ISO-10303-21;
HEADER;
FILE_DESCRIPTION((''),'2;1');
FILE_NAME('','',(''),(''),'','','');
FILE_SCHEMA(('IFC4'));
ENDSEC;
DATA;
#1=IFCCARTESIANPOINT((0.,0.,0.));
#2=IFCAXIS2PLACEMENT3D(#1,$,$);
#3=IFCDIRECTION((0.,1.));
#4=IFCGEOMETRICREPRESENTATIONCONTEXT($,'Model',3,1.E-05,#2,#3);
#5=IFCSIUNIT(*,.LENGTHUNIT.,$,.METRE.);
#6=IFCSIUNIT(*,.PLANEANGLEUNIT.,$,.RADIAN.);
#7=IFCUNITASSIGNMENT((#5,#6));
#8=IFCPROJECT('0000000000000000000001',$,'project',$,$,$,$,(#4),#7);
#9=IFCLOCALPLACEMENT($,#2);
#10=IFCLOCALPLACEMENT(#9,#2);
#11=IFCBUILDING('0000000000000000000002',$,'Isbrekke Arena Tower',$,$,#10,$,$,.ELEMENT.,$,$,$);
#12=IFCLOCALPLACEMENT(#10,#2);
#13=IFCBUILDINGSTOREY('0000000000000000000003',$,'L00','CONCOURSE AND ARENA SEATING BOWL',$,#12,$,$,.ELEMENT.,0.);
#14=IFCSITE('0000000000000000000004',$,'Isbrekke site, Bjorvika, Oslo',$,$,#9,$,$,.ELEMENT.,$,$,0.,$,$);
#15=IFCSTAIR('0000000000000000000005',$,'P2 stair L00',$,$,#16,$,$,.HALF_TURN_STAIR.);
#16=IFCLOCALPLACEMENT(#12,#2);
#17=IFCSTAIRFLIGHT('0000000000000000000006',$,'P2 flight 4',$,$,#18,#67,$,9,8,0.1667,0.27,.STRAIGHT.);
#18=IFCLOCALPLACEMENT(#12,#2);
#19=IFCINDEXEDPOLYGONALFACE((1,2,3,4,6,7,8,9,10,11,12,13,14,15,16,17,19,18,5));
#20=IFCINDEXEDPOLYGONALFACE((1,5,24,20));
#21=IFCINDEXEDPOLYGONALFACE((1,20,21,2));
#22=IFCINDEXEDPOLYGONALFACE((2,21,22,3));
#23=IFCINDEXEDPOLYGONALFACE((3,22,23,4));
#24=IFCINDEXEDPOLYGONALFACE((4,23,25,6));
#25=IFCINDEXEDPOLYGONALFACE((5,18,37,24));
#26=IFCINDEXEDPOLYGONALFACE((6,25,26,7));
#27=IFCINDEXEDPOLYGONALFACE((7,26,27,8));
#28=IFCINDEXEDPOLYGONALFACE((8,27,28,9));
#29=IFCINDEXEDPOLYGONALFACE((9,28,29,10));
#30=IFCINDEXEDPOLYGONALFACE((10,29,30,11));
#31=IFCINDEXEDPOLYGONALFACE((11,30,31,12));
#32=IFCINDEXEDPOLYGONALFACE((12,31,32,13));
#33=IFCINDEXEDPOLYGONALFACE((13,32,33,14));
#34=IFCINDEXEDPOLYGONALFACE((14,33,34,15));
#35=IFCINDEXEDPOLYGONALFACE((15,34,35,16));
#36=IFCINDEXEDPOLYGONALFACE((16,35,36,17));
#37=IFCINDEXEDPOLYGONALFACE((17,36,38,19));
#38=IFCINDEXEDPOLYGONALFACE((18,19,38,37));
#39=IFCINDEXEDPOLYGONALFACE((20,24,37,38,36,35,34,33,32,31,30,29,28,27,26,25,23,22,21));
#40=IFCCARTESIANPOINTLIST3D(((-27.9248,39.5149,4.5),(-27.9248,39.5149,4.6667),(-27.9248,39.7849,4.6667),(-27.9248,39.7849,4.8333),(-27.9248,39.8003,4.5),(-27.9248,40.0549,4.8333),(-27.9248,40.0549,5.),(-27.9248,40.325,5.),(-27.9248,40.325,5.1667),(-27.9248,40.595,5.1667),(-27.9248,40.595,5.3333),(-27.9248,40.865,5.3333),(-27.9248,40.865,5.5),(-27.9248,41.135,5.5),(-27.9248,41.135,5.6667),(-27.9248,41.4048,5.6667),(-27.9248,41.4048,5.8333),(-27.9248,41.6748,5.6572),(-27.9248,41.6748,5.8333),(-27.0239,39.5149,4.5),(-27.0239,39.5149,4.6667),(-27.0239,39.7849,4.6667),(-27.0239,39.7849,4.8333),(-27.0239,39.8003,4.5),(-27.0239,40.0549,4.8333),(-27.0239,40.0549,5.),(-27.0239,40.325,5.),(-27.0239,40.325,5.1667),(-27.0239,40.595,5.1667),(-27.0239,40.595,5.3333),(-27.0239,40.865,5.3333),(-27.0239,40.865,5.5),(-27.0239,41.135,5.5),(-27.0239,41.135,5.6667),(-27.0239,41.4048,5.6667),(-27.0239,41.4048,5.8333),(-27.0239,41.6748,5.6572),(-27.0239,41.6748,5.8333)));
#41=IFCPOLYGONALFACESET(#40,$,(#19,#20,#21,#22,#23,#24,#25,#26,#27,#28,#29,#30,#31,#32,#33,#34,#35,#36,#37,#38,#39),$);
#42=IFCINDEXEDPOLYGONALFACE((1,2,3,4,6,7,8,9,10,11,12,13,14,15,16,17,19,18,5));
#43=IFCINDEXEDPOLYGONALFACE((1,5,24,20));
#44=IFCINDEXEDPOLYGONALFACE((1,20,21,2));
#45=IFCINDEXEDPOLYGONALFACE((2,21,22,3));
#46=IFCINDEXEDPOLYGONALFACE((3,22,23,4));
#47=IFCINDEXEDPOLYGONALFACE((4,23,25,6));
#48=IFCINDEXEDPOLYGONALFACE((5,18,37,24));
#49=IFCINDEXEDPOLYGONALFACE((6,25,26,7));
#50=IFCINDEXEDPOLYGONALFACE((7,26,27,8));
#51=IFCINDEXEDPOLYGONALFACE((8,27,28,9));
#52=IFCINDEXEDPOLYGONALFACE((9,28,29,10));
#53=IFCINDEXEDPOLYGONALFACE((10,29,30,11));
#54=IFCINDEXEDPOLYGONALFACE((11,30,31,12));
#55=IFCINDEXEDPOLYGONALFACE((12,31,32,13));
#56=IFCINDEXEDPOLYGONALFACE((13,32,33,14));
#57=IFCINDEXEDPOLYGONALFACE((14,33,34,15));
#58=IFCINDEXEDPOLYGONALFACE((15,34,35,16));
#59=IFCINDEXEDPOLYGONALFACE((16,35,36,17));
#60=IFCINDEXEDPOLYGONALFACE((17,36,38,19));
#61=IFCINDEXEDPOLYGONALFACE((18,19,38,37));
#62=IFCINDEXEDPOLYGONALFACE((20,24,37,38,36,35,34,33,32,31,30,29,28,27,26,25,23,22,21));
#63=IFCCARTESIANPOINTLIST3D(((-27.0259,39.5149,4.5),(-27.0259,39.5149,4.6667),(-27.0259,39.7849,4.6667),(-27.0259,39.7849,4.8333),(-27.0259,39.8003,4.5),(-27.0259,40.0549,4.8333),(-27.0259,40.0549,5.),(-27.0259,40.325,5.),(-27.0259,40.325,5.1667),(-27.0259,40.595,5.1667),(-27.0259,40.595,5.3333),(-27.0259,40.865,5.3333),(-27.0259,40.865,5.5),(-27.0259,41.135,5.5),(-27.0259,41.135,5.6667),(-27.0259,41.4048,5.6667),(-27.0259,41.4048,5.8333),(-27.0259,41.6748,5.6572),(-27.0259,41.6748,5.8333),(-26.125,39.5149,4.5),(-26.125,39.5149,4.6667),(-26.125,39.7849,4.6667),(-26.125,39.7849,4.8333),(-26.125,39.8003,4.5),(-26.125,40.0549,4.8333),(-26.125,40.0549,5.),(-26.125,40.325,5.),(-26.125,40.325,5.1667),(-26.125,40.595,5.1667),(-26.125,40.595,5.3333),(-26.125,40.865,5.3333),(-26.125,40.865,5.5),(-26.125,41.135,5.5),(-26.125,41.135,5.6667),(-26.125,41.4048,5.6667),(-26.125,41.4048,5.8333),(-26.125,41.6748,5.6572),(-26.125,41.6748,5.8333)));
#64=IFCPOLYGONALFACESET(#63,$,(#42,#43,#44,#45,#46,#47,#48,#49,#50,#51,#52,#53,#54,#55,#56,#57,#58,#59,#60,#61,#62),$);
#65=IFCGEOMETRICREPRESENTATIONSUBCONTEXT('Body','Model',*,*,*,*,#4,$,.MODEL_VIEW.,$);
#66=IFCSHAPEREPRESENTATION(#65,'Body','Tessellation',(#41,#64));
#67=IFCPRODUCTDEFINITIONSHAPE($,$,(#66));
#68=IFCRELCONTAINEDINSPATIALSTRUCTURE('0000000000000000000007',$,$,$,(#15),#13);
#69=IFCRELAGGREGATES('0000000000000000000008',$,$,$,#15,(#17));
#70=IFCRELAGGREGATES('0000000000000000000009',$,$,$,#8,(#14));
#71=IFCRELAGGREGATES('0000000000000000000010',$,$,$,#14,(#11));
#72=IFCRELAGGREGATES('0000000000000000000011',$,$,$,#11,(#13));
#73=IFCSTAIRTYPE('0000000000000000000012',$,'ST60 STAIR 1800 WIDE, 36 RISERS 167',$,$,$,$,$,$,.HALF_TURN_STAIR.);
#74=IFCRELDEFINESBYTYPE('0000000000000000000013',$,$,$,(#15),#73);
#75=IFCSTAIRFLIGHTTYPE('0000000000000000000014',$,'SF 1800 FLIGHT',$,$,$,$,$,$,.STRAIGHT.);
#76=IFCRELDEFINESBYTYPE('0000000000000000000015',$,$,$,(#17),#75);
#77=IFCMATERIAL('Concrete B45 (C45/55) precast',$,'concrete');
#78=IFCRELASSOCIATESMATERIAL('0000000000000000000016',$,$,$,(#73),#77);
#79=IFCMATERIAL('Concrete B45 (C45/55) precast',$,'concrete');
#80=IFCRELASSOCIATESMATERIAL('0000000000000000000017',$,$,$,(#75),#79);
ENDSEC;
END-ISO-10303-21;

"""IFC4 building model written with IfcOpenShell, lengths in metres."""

from ifc_helpers import new_model, si_unit, direction, frame, origin, place, context, subcontext, project, spatial, polyline, outline, extrude, material, type_object, element, aggregate, save


model = new_model("IFC4")

# Units and contexts
model_context = context("Model", 3, precision=1e-05, world=origin(), true_north=direction((0.0, 1.0)))
body_context = subcontext(model_context, "Body", "Model", "MODEL_VIEW")
ifc_project = project(units=[si_unit("LENGTHUNIT", "METRE"), si_unit("PLANEANGLEUNIT", "RADIAN")], contexts=[model_context])

# Site, building, storey
site_placement = place(None, origin())
site = spatial("IfcSite", under=ifc_project, at=site_placement, Name="Isbrekke site, Bjorvika, Oslo", CompositionType="ELEMENT", RefElevation=0.0)
building_placement = place(site_placement, origin())
building = spatial("IfcBuilding", under=site, at=building_placement, Name="Isbrekke Arena Tower", CompositionType="ELEMENT")
storey_placement = place(building_placement, origin())
storey = spatial("IfcBuildingStorey", under=building, at=storey_placement, Name="L00", Description="CONCOURSE AND ARENA SEATING BOWL", CompositionType="ELEMENT", Elevation=0.0)

# Stair, stair flight
ifc_material_1 = material(Name="Concrete B45 (C45/55) precast", Category="concrete")
stair_type = type_object("IfcStairType", Name="ST60 STAIR 1800 WIDE, 36 RISERS 167", PredefinedType="HALF_TURN_STAIR", material=ifc_material_1)
stair_placement = place(storey_placement, origin())
stair = element("IfcStair", 1, at=stair_placement, inside=storey, type_object=stair_type, Name="P2 stair L00", PredefinedType="HALF_TURN_STAIR")
ifc_material_2 = material(Name="Concrete B45 (C45/55) precast", Category="concrete")
stair_flight_type = type_object("IfcStairFlightType", Name="SF 1800 FLIGHT", PredefinedType="STRAIGHT", material=ifc_material_2)
stair_flight_1_placement = place(storey_placement, frame((-27.0249, 39.5149, 4.5), z_axis=(0.0, 0.0, 1.0), x_axis=(0.0, 1.0, 0.0)))
stair_flight_1 = element("IfcStairFlight", 2, at=stair_flight_1_placement, type_object=stair_flight_type, Name="P2 flight 4", NumberOfRisers=9, NumberOfTreads=8, PredefinedType="STRAIGHT", RiserHeight=0.1667, TreadLength=0.27, context=body_context, shape_type="SweptSolid", body=[
    extrude(outline(polyline([(0.0, 0.0), (0.0, 0.1667), (0.27, 0.1667), (0.27, 0.3333), (0.54, 0.3333), (0.54, 0.5), (0.8101, 0.5), (0.8101, 0.6667), (1.0801, 0.6667), (1.0801, 0.8333), (1.3501, 0.8333), (1.3501, 1.0), (1.6201, 1.0), (1.6201, 1.1667), (1.8899, 1.1667), (1.8899, 1.3333), (2.1599, 1.3333), (2.1599, 1.5), (2.1599, 1.1572), (0.2854, 0.0), (0.0, 0.0)])), frame((0.0, 0.8999, 0.0), z_axis=(0.0, -1.0, 0.0), x_axis=(1.0, 0.0, 0.0)), (0.0, 0.0, 1.0), 0.9009),
    extrude(outline(polyline([(0.0, 0.0), (0.0, 0.1667), (0.27, 0.1667), (0.27, 0.3333), (0.54, 0.3333), (0.54, 0.5), (0.8101, 0.5), (0.8101, 0.6667), (1.0801, 0.6667), (1.0801, 0.8333), (1.3501, 0.8333), (1.3501, 1.0), (1.6201, 1.0), (1.6201, 1.1667), (1.8899, 1.1667), (1.8899, 1.3333), (2.1599, 1.3333), (2.1599, 1.5), (2.1599, 1.1572), (0.2854, 0.0), (0.0, 0.0)])), frame((0.0, 0.001, 0.0), z_axis=(0.0, -1.0, 0.0), x_axis=(1.0, 0.0, 0.0)), (0.0, 0.0, 1.0), 0.9009),
])
aggregate(stair, [stair_flight_1])

save(model, "model.ifc")
